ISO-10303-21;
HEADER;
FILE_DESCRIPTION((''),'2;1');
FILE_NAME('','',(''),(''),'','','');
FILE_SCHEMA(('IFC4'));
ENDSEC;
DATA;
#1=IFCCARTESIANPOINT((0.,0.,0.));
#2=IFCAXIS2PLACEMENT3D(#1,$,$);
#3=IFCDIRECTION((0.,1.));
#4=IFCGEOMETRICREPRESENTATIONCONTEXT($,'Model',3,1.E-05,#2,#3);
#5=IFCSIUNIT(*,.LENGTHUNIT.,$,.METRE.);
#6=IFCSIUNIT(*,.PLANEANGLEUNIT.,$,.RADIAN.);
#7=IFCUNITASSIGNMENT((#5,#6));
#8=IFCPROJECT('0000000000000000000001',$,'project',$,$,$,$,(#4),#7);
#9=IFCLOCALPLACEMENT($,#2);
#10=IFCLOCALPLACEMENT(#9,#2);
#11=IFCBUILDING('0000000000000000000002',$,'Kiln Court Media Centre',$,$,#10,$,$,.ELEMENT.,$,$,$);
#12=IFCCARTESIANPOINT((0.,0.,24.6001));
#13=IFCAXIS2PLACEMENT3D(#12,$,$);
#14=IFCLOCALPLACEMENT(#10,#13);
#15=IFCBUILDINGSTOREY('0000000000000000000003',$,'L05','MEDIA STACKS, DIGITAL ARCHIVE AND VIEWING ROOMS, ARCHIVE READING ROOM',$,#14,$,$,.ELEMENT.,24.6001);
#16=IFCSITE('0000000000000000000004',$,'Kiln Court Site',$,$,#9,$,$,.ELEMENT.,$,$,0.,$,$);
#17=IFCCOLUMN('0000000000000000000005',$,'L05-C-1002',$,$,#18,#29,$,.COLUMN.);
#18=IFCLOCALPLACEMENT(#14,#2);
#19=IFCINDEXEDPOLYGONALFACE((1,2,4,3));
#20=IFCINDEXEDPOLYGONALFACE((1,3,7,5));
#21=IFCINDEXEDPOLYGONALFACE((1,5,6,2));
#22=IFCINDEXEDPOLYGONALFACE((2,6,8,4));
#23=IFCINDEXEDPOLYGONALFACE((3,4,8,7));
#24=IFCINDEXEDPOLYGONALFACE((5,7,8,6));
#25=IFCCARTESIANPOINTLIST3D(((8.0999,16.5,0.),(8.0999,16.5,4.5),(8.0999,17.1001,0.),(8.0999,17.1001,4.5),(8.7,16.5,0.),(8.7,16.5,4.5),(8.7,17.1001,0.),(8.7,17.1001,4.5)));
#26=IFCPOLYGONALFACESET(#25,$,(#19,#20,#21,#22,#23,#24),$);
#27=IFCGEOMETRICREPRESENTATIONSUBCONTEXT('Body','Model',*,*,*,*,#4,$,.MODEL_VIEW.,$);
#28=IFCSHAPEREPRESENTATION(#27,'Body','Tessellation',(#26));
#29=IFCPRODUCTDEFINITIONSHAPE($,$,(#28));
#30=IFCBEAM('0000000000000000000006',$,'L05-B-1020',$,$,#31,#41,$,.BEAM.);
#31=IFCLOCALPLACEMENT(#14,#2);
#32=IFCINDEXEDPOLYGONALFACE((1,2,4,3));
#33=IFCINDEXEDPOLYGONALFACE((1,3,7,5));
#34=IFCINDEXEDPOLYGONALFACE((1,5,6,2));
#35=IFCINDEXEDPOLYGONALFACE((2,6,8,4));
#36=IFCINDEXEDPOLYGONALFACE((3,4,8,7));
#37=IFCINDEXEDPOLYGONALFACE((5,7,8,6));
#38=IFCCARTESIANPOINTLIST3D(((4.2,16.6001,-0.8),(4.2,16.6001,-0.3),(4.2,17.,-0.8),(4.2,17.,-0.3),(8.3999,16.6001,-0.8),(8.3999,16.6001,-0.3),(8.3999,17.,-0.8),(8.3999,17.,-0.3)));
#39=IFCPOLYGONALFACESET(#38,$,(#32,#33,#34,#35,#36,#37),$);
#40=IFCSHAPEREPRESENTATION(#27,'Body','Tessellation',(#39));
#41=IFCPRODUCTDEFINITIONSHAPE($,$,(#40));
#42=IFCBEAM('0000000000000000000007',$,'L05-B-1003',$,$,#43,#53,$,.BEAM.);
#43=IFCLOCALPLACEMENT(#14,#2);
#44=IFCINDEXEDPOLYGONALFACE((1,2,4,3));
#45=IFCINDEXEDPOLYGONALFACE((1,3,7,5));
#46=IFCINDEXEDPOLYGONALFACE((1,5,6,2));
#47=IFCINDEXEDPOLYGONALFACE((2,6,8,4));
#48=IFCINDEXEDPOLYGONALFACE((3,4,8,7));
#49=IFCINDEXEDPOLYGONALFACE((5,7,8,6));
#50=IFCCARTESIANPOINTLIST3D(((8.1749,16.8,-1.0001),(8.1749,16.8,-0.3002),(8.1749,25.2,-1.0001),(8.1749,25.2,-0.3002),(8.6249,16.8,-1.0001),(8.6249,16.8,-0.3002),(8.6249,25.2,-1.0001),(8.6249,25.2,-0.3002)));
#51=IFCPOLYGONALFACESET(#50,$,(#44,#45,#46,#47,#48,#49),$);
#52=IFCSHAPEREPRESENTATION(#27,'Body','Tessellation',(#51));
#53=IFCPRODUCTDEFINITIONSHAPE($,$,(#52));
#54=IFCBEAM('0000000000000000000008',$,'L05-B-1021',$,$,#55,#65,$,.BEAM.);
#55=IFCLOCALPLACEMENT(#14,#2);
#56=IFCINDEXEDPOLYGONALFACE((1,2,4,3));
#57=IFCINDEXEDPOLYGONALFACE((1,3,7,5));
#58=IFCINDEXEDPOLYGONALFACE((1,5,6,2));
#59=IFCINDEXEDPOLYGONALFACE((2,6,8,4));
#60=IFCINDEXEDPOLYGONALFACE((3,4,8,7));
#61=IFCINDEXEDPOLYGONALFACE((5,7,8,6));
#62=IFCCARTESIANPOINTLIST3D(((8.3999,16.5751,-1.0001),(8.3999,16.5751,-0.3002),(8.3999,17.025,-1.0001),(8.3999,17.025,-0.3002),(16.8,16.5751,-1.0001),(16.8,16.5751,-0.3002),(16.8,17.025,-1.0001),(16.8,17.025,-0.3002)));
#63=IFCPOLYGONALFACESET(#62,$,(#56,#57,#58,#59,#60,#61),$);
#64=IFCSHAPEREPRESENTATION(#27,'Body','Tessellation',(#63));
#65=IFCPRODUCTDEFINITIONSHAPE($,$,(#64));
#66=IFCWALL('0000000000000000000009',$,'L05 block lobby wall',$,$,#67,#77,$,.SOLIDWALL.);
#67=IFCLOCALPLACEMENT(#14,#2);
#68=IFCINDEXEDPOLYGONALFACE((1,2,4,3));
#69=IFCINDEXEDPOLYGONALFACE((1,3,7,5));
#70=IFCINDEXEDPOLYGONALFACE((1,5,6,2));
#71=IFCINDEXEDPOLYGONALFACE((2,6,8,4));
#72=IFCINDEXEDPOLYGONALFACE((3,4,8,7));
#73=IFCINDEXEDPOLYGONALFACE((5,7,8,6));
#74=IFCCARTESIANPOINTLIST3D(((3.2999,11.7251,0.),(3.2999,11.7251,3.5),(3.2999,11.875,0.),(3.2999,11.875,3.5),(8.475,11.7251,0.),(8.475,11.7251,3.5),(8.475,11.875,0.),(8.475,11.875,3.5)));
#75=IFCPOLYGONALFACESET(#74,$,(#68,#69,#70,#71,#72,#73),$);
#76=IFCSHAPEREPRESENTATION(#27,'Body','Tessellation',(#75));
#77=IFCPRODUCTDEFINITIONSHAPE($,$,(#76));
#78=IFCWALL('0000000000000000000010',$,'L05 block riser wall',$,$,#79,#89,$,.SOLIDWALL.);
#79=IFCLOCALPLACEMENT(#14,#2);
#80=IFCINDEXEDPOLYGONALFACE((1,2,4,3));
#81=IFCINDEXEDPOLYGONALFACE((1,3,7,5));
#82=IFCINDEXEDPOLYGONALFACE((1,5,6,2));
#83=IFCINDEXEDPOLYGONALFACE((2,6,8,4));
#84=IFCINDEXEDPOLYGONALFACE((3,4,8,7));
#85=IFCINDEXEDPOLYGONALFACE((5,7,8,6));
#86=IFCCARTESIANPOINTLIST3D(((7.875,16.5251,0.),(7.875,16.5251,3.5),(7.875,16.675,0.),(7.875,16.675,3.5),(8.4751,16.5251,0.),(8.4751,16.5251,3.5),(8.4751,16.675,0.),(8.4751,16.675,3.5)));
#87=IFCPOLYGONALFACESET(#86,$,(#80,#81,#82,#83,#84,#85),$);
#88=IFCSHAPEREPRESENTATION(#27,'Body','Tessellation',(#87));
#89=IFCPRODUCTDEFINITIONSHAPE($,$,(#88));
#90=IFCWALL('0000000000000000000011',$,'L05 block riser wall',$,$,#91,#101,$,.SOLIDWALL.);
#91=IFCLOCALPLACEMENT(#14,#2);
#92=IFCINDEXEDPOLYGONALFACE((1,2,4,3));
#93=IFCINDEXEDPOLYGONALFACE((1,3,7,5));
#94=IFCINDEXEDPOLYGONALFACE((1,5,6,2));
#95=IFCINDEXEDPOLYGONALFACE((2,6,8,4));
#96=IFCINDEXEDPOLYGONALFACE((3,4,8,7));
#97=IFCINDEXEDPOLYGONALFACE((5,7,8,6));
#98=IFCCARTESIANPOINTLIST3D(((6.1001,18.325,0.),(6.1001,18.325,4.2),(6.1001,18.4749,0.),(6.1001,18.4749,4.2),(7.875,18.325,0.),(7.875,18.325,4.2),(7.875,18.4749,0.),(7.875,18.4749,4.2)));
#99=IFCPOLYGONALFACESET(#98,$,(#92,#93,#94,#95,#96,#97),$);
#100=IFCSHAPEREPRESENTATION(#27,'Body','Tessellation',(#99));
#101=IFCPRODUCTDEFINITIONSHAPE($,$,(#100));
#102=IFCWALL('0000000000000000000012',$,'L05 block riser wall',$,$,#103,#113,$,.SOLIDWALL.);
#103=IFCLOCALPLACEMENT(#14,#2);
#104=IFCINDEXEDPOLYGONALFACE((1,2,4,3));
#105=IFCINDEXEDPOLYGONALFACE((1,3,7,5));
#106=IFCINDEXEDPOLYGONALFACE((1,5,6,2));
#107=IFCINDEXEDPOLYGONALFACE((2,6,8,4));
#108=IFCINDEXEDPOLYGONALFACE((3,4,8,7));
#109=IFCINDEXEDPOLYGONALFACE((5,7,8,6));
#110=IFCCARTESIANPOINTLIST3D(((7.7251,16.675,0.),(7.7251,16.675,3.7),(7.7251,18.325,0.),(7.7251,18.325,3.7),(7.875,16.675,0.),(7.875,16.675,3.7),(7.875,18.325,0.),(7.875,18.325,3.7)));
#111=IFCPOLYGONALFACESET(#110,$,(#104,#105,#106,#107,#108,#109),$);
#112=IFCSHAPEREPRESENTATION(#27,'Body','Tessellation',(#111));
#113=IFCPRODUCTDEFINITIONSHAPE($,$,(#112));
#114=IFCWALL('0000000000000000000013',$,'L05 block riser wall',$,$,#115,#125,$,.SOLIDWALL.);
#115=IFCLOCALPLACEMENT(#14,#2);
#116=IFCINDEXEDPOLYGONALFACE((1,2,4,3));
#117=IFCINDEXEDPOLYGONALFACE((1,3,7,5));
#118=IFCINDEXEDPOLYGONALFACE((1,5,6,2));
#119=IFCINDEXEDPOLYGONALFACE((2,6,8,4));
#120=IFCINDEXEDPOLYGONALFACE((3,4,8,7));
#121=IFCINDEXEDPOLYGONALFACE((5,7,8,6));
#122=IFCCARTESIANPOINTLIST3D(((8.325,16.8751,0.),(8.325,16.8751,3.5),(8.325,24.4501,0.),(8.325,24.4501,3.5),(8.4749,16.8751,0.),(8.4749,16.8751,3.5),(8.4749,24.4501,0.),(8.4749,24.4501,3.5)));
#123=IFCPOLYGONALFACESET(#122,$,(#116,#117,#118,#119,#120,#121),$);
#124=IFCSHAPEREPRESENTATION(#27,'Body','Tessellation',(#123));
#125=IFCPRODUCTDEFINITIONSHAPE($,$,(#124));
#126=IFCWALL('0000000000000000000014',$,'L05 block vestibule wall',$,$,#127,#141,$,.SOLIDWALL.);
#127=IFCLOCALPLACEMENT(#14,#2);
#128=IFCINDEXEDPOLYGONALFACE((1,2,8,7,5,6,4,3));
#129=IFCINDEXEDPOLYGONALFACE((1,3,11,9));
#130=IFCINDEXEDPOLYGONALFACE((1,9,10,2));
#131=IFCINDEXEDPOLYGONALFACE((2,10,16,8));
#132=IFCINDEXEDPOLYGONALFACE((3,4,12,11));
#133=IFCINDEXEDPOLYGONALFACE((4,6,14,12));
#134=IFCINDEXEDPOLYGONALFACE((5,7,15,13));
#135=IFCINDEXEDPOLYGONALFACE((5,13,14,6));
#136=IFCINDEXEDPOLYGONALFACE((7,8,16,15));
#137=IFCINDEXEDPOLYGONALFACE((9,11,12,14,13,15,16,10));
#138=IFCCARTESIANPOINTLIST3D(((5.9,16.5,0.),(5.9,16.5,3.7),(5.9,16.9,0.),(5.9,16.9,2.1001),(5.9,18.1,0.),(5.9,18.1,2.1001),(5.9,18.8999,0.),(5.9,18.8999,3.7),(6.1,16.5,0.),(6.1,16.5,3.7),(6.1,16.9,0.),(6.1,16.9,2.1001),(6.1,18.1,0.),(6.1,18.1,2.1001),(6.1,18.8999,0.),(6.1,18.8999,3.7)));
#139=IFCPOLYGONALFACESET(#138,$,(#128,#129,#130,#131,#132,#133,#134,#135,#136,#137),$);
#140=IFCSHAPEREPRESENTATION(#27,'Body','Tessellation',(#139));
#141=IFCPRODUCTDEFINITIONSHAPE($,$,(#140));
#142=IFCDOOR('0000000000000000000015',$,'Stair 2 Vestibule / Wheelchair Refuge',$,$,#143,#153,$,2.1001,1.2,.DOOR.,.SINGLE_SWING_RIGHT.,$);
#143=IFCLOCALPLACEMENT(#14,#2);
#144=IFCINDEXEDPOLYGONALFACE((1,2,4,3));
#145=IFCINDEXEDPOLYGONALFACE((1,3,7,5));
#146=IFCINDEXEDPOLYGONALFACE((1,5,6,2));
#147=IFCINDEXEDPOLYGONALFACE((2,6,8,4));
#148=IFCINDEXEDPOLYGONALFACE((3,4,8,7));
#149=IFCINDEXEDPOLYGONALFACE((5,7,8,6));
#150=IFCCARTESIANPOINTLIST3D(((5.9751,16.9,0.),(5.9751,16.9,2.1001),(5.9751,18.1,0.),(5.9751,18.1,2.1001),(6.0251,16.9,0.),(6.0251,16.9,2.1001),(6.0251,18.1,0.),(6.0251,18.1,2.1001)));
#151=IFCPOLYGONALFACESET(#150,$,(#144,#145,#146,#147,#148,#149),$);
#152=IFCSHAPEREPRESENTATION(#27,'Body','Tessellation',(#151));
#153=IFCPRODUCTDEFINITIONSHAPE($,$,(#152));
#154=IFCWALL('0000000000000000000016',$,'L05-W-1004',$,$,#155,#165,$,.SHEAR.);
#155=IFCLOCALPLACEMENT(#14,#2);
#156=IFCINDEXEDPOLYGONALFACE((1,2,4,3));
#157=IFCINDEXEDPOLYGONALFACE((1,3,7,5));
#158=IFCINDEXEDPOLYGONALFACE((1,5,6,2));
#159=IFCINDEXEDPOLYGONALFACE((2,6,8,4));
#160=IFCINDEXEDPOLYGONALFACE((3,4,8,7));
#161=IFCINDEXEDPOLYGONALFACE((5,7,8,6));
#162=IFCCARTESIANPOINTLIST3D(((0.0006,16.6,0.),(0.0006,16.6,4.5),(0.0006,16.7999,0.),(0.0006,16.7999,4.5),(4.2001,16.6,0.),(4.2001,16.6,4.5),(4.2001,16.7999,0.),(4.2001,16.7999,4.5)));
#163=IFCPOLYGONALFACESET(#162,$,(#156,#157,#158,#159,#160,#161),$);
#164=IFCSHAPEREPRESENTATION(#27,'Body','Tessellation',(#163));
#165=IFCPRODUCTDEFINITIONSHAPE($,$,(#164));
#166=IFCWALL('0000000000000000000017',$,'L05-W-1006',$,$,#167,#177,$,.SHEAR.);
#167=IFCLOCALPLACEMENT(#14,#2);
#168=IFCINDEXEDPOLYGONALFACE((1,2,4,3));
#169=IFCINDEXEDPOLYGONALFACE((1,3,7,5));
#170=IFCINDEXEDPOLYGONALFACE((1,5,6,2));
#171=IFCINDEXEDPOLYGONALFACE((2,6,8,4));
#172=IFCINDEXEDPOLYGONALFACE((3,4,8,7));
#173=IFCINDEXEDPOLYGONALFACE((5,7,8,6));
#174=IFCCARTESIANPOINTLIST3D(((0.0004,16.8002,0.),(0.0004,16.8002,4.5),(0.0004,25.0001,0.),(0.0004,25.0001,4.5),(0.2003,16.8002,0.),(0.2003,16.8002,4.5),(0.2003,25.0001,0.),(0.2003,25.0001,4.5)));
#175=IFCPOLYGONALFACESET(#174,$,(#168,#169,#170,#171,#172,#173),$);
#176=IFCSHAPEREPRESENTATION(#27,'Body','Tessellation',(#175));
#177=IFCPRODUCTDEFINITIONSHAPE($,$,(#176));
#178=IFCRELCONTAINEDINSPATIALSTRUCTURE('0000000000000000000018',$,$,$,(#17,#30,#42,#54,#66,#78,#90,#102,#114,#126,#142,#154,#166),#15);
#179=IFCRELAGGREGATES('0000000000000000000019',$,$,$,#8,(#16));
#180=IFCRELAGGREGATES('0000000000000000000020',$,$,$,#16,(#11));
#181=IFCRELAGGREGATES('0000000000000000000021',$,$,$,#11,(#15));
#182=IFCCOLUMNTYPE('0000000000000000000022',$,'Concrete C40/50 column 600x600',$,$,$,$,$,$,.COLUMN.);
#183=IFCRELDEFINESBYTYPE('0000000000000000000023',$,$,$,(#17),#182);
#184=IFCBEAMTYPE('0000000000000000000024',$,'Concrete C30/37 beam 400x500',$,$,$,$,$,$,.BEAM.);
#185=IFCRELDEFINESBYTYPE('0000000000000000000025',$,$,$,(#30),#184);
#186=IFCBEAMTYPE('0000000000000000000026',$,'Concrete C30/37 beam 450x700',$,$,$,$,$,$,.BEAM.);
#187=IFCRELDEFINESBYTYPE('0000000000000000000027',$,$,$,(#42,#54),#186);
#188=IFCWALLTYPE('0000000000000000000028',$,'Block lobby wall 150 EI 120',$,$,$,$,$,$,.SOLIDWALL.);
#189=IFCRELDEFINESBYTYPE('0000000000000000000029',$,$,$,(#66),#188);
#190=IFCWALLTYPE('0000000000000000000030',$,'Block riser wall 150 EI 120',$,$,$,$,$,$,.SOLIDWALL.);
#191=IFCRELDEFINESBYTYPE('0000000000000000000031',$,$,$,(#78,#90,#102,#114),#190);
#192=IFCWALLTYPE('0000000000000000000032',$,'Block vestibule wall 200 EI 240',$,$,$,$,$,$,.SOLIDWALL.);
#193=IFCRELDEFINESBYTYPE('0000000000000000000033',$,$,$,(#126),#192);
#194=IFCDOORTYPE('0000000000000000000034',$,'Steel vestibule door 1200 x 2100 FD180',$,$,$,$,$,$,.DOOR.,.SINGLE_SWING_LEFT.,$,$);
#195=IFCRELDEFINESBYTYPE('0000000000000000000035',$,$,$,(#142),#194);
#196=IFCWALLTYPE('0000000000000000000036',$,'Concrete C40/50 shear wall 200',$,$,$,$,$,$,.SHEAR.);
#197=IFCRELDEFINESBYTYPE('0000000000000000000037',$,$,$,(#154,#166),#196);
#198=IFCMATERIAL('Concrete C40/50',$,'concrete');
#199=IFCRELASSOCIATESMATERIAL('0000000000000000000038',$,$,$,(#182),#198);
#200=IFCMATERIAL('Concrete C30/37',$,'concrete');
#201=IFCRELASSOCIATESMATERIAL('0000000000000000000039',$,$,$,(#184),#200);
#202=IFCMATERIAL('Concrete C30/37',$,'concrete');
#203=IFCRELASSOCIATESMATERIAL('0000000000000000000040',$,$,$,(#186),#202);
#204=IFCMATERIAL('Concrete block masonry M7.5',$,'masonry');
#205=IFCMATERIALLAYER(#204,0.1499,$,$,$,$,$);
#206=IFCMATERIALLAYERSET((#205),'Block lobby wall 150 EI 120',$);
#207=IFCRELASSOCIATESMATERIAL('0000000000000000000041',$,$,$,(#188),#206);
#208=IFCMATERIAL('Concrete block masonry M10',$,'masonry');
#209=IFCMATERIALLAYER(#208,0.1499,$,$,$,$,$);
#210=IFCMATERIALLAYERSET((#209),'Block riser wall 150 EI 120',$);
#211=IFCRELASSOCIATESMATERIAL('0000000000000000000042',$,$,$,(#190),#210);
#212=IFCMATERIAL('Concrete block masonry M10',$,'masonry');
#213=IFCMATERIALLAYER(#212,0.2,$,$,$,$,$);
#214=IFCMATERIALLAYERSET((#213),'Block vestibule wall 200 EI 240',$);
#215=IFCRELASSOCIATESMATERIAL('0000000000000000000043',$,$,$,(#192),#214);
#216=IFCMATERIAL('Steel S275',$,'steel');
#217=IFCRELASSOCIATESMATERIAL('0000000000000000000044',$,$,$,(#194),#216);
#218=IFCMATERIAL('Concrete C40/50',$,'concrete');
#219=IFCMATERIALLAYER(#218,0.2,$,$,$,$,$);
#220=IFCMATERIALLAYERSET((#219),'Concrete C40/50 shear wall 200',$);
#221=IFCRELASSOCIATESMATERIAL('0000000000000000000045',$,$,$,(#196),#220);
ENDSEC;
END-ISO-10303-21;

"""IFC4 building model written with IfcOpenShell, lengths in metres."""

from ifc_helpers import new_model, si_unit, direction, frame, frame_2d, origin, origin_2d, place, context, subcontext, project, spatial, rectangle, extrude, material, layer, layer_set, material_profile, profile_set, type_object, element, fill, save


model = new_model("IFC4")

# Units and contexts
model_context = context("Model", 3, precision=1e-05, world=origin(), true_north=direction((0.0, 1.0)))
body_context = subcontext(model_context, "Body", "Model", "MODEL_VIEW")
ifc_project = project(units=[si_unit("LENGTHUNIT", "METRE"), si_unit("PLANEANGLEUNIT", "RADIAN")], contexts=[model_context])

# Site, building, storey
site_placement = place(None, origin())
site = spatial("IfcSite", under=ifc_project, at=site_placement, Name="Kiln Court Site", CompositionType="ELEMENT", RefElevation=0.0)
building_placement = place(site_placement, origin())
building = spatial("IfcBuilding", under=site, at=building_placement, Name="Kiln Court Media Centre", CompositionType="ELEMENT")
storey_placement = place(building_placement, frame((0.0, 0.0, 24.6001)))
storey = spatial("IfcBuildingStorey", under=building, at=storey_placement, Name="L05", Description="MEDIA STACKS, DIGITAL ARCHIVE AND VIEWING ROOMS, ARCHIVE READING ROOM", CompositionType="ELEMENT", Elevation=24.6001)

# Column
ifc_material_1 = material(Name="Concrete C40/50", Category="concrete")
ifc_material_profile_1 = material_profile(ifc_material_1, rectangle(XDim=0.6001, YDim=0.6001, at=origin_2d()), Name="RC 600x600")
ifc_profile_set_1 = profile_set([ifc_material_profile_1], Name="Concrete C40/50")
column_type = type_object("IfcColumnType", Name="Concrete C40/50 column 600x600", PredefinedType="COLUMN", material=ifc_profile_set_1)
column_placement = place(storey_placement, frame((8.3999, 16.8, 0.0), z_axis=(0.0, 0.0, 1.0), x_axis=(1.0, 0.0, 0.0)))
element("IfcColumn", 1, at=column_placement, inside=storey, type_object=column_type, Name="L05-C-1002", PredefinedType="COLUMN", context=body_context, shape_type="SweptSolid", body=[
    extrude(rectangle(XDim=0.6001, YDim=0.6001, at=origin_2d()), origin(), (0.0, 0.0, 1.0), 4.5),
])

# Beams
ifc_material_2 = material(Name="Concrete C30/37", Category="concrete")
ifc_material_profile_2 = material_profile(ifc_material_2, rectangle(XDim=0.3999, YDim=0.5, at=origin_2d()), Name="RC 400x500")
ifc_profile_set_2 = profile_set([ifc_material_profile_2], Name="Concrete C30/37")
beam_type_1 = type_object("IfcBeamType", Name="Concrete C30/37 beam 400x500", PredefinedType="BEAM", material=ifc_profile_set_2)
beam_1_placement = place(storey_placement, frame((4.2, 16.8, -0.55), z_axis=(1.0, 0.0, 0.0), x_axis=(0.0, 1.0, 0.0)))
element("IfcBeam", 2, at=beam_1_placement, inside=storey, type_object=beam_type_1, Name="L05-B-1020", PredefinedType="BEAM", context=body_context, shape_type="SweptSolid", body=[
    extrude(rectangle(XDim=0.3999, YDim=0.5, at=origin_2d()), origin(), (0.0, 0.0, 1.0), 4.2),
])
ifc_material_3 = material(Name="Concrete C30/37", Category="concrete")
ifc_material_profile_3 = material_profile(ifc_material_3, rectangle(XDim=0.45, YDim=0.7, at=origin_2d()), Name="RC 450x700")
ifc_profile_set_3 = profile_set([ifc_material_profile_3], Name="Concrete C30/37")
beam_type_2 = type_object("IfcBeamType", Name="Concrete C30/37 beam 450x700", PredefinedType="BEAM", material=ifc_profile_set_3)
beam_2_placement = place(storey_placement, frame((8.3999, 16.8, -0.6501), z_axis=(0.0, 1.0, 0.0), x_axis=(-1.0, 0.0, 0.0)))
element("IfcBeam", 3, at=beam_2_placement, inside=storey, type_object=beam_type_2, Name="L05-B-1003", PredefinedType="BEAM", context=body_context, shape_type="SweptSolid", body=[
    extrude(rectangle(XDim=0.45, YDim=0.7, at=origin_2d()), origin(), (0.0, 0.0, 1.0), 8.3999),
])
beam_3_placement = place(storey_placement, frame((8.3999, 16.8, -0.6501), z_axis=(1.0, 0.0, 0.0), x_axis=(0.0, 1.0, 0.0)))
element("IfcBeam", 4, at=beam_3_placement, inside=storey, type_object=beam_type_2, Name="L05-B-1021", PredefinedType="BEAM", context=body_context, shape_type="SweptSolid", body=[
    extrude(rectangle(XDim=0.45, YDim=0.7, at=origin_2d()), origin(), (0.0, 0.0, 1.0), 8.4001),
])

# Walls
ifc_material_4 = material(Name="Concrete block masonry M7.5", Category="masonry")
ifc_layer_1 = layer(ifc_material_4, 0.1499)
ifc_layer_set_1 = layer_set([ifc_layer_1], Name="Block lobby wall 150 EI 120")
wall_type_1 = type_object("IfcWallType", Name="Block lobby wall 150 EI 120", PredefinedType="SOLIDWALL", material=ifc_layer_set_1)
wall_1_placement = place(storey_placement, frame((3.3, 11.8, 0.0), z_axis=(0.0, 0.0, 1.0), x_axis=(1.0, 0.0, 0.0)))
element("IfcWall", 5, at=wall_1_placement, inside=storey, type_object=wall_type_1, Name="L05 block lobby wall", PredefinedType="SOLIDWALL", context=body_context, shape_type="SweptSolid", body=[
    extrude(rectangle(XDim=5.175, YDim=0.1499, at=frame_2d((2.5874, 0.0))), origin(), (0.0, 0.0, 1.0), 3.5),
])
ifc_material_5 = material(Name="Concrete block masonry M10", Category="masonry")
ifc_layer_2 = layer(ifc_material_5, 0.1499)
ifc_layer_set_2 = layer_set([ifc_layer_2], Name="Block riser wall 150 EI 120")
wall_type_2 = type_object("IfcWallType", Name="Block riser wall 150 EI 120", PredefinedType="SOLIDWALL", material=ifc_layer_set_2)
wall_2_placement = place(storey_placement, frame((7.875, 16.6001, 0.0), z_axis=(0.0, 0.0, 1.0), x_axis=(1.0, 0.0, 0.0)))
element("IfcWall", 6, at=wall_2_placement, inside=storey, type_object=wall_type_2, Name="L05 block riser wall", PredefinedType="SOLIDWALL", context=body_context, shape_type="SweptSolid", body=[
    extrude(rectangle(XDim=0.6001, YDim=0.1499, at=frame_2d((0.3, 0.0))), origin(), (0.0, 0.0, 1.0), 3.5),
])
wall_3_placement = place(storey_placement, frame((6.1001, 18.3999, 0.0), z_axis=(0.0, 0.0, 1.0), x_axis=(1.0, 0.0, 0.0)))
element("IfcWall", 7, at=wall_3_placement, inside=storey, type_object=wall_type_2, Name="L05 block riser wall", PredefinedType="SOLIDWALL", context=body_context, shape_type="SweptSolid", body=[
    extrude(rectangle(XDim=1.7749, YDim=0.1499, at=frame_2d((0.8875, 0.0))), origin(), (0.0, 0.0, 1.0), 4.2),
])
wall_4_placement = place(storey_placement, frame((7.8, 16.675, 0.0), z_axis=(0.0, 0.0, 1.0), x_axis=(0.0, 1.0, 0.0)))
element("IfcWall", 8, at=wall_4_placement, inside=storey, type_object=wall_type_2, Name="L05 block riser wall", PredefinedType="SOLIDWALL", context=body_context, shape_type="SweptSolid", body=[
    extrude(rectangle(XDim=1.6499, YDim=0.1499, at=frame_2d((0.825, 0.0))), origin(), (0.0, 0.0, 1.0), 3.7),
])
wall_5_placement = place(storey_placement, frame((8.3999, 16.875, 0.0), z_axis=(0.0, 0.0, 1.0), x_axis=(0.0, 1.0, 0.0)))
element("IfcWall", 9, at=wall_5_placement, inside=storey, type_object=wall_type_2, Name="L05 block riser wall", PredefinedType="SOLIDWALL", context=body_context, shape_type="SweptSolid", body=[
    extrude(rectangle(XDim=7.575, YDim=0.1499, at=frame_2d((3.7876, 0.0))), origin(), (0.0, 0.0, 1.0), 3.5),
])

# Wall, opening, door
ifc_material_6 = material(Name="Concrete block masonry M10", Category="masonry")
ifc_layer_3 = layer(ifc_material_6, 0.2)
ifc_layer_set_3 = layer_set([ifc_layer_3], Name="Block vestibule wall 200 EI 240")
wall_type_3 = type_object("IfcWallType", Name="Block vestibule wall 200 EI 240", PredefinedType="SOLIDWALL", material=ifc_layer_set_3)
wall_6_placement = place(storey_placement, frame((6.0, 16.5, 0.0), z_axis=(0.0, 0.0, 1.0), x_axis=(0.0, 1.0, 0.0)))
wall_6 = element("IfcWall", 10, at=wall_6_placement, inside=storey, type_object=wall_type_3, Name="L05 block vestibule wall", PredefinedType="SOLIDWALL", context=body_context, shape_type="SweptSolid", body=[
    extrude(rectangle(XDim=2.3999, YDim=0.2, at=frame_2d((1.2, 0.0))), origin(), (0.0, 0.0, 1.0), 3.7),
])
opening_1_placement = place(wall_6_placement, frame((0.3999, 0.0, 0.0)))
opening_1 = element("IfcOpeningElement", 11, at=opening_1_placement, cuts=wall_6, PredefinedType="OPENING", context=body_context, shape_type="SweptSolid", body=[
    extrude(rectangle(XDim=1.2, YDim=2.1001, at=frame_2d((0.6001, 1.05))), frame((0.0, 0.1099, 0.0), z_axis=(0.0, -1.0, 0.0), x_axis=(1.0, 0.0, 0.0)), (0.0, 0.0, 1.0), 0.22),
])
ifc_material_7 = material(Name="Steel S275", Category="steel")
door_type_1 = type_object("IfcDoorType", Name="Steel vestibule door 1200 x 2100 FD180", OperationType="SINGLE_SWING_LEFT", PredefinedType="DOOR", material=ifc_material_7)
door_1_placement = place(opening_1_placement, origin())
door_1 = element("IfcDoor", 12, at=door_1_placement, inside=storey, type_object=door_type_1, Name="Stair 2 Vestibule / Wheelchair Refuge", OperationType="SINGLE_SWING_RIGHT", OverallHeight=2.1001, OverallWidth=1.2, PredefinedType="DOOR", context=body_context, shape_type="SweptSolid", body=[
    extrude(rectangle(XDim=1.2, YDim=2.1001, at=frame_2d((0.6001, 1.05))), frame((0.0, 0.0249, 0.0), z_axis=(0.0, -1.0, 0.0), x_axis=(1.0, 0.0, 0.0)), (0.0, 0.0, 1.0), 0.05),
])
fill(opening_1, door_1)

# Walls
ifc_material_8 = material(Name="Concrete C40/50", Category="concrete")
ifc_layer_4 = layer(ifc_material_8, 0.2)
ifc_layer_set_4 = layer_set([ifc_layer_4], Name="Concrete C40/50 shear wall 200")
wall_type_4 = type_object("IfcWallType", Name="Concrete C40/50 shear wall 200", PredefinedType="SHEAR", material=ifc_layer_set_4)
wall_7_placement = place(storey_placement, frame((4.2, 16.7, 0.0), z_axis=(0.0, 0.0, 1.0), x_axis=(-1.0, 0.0, 0.0)))
element("IfcWall", 13, at=wall_7_placement, inside=storey, type_object=wall_type_4, Name="L05-W-1004", PredefinedType="SHEAR", context=body_context, shape_type="SweptSolid", body=[
    extrude(rectangle(XDim=4.1995, YDim=0.2, at=frame_2d((2.0996, 0.0))), origin(), (0.0, 0.0, 1.0), 4.5),
])
wall_8_placement = place(storey_placement, frame((0.1003, 16.8, 0.0), z_axis=(0.0, 0.0, 1.0), x_axis=(0.0, 1.0, 0.0)))
element("IfcWall", 14, at=wall_8_placement, inside=storey, type_object=wall_type_4, Name="L05-W-1006", PredefinedType="SHEAR", context=body_context, shape_type="SweptSolid", body=[
    extrude(rectangle(XDim=8.2, YDim=0.2, at=frame_2d((4.1001, 0.0))), origin(), (0.0, 0.0, 1.0), 4.5),
])

save(model, "model.ifc")
